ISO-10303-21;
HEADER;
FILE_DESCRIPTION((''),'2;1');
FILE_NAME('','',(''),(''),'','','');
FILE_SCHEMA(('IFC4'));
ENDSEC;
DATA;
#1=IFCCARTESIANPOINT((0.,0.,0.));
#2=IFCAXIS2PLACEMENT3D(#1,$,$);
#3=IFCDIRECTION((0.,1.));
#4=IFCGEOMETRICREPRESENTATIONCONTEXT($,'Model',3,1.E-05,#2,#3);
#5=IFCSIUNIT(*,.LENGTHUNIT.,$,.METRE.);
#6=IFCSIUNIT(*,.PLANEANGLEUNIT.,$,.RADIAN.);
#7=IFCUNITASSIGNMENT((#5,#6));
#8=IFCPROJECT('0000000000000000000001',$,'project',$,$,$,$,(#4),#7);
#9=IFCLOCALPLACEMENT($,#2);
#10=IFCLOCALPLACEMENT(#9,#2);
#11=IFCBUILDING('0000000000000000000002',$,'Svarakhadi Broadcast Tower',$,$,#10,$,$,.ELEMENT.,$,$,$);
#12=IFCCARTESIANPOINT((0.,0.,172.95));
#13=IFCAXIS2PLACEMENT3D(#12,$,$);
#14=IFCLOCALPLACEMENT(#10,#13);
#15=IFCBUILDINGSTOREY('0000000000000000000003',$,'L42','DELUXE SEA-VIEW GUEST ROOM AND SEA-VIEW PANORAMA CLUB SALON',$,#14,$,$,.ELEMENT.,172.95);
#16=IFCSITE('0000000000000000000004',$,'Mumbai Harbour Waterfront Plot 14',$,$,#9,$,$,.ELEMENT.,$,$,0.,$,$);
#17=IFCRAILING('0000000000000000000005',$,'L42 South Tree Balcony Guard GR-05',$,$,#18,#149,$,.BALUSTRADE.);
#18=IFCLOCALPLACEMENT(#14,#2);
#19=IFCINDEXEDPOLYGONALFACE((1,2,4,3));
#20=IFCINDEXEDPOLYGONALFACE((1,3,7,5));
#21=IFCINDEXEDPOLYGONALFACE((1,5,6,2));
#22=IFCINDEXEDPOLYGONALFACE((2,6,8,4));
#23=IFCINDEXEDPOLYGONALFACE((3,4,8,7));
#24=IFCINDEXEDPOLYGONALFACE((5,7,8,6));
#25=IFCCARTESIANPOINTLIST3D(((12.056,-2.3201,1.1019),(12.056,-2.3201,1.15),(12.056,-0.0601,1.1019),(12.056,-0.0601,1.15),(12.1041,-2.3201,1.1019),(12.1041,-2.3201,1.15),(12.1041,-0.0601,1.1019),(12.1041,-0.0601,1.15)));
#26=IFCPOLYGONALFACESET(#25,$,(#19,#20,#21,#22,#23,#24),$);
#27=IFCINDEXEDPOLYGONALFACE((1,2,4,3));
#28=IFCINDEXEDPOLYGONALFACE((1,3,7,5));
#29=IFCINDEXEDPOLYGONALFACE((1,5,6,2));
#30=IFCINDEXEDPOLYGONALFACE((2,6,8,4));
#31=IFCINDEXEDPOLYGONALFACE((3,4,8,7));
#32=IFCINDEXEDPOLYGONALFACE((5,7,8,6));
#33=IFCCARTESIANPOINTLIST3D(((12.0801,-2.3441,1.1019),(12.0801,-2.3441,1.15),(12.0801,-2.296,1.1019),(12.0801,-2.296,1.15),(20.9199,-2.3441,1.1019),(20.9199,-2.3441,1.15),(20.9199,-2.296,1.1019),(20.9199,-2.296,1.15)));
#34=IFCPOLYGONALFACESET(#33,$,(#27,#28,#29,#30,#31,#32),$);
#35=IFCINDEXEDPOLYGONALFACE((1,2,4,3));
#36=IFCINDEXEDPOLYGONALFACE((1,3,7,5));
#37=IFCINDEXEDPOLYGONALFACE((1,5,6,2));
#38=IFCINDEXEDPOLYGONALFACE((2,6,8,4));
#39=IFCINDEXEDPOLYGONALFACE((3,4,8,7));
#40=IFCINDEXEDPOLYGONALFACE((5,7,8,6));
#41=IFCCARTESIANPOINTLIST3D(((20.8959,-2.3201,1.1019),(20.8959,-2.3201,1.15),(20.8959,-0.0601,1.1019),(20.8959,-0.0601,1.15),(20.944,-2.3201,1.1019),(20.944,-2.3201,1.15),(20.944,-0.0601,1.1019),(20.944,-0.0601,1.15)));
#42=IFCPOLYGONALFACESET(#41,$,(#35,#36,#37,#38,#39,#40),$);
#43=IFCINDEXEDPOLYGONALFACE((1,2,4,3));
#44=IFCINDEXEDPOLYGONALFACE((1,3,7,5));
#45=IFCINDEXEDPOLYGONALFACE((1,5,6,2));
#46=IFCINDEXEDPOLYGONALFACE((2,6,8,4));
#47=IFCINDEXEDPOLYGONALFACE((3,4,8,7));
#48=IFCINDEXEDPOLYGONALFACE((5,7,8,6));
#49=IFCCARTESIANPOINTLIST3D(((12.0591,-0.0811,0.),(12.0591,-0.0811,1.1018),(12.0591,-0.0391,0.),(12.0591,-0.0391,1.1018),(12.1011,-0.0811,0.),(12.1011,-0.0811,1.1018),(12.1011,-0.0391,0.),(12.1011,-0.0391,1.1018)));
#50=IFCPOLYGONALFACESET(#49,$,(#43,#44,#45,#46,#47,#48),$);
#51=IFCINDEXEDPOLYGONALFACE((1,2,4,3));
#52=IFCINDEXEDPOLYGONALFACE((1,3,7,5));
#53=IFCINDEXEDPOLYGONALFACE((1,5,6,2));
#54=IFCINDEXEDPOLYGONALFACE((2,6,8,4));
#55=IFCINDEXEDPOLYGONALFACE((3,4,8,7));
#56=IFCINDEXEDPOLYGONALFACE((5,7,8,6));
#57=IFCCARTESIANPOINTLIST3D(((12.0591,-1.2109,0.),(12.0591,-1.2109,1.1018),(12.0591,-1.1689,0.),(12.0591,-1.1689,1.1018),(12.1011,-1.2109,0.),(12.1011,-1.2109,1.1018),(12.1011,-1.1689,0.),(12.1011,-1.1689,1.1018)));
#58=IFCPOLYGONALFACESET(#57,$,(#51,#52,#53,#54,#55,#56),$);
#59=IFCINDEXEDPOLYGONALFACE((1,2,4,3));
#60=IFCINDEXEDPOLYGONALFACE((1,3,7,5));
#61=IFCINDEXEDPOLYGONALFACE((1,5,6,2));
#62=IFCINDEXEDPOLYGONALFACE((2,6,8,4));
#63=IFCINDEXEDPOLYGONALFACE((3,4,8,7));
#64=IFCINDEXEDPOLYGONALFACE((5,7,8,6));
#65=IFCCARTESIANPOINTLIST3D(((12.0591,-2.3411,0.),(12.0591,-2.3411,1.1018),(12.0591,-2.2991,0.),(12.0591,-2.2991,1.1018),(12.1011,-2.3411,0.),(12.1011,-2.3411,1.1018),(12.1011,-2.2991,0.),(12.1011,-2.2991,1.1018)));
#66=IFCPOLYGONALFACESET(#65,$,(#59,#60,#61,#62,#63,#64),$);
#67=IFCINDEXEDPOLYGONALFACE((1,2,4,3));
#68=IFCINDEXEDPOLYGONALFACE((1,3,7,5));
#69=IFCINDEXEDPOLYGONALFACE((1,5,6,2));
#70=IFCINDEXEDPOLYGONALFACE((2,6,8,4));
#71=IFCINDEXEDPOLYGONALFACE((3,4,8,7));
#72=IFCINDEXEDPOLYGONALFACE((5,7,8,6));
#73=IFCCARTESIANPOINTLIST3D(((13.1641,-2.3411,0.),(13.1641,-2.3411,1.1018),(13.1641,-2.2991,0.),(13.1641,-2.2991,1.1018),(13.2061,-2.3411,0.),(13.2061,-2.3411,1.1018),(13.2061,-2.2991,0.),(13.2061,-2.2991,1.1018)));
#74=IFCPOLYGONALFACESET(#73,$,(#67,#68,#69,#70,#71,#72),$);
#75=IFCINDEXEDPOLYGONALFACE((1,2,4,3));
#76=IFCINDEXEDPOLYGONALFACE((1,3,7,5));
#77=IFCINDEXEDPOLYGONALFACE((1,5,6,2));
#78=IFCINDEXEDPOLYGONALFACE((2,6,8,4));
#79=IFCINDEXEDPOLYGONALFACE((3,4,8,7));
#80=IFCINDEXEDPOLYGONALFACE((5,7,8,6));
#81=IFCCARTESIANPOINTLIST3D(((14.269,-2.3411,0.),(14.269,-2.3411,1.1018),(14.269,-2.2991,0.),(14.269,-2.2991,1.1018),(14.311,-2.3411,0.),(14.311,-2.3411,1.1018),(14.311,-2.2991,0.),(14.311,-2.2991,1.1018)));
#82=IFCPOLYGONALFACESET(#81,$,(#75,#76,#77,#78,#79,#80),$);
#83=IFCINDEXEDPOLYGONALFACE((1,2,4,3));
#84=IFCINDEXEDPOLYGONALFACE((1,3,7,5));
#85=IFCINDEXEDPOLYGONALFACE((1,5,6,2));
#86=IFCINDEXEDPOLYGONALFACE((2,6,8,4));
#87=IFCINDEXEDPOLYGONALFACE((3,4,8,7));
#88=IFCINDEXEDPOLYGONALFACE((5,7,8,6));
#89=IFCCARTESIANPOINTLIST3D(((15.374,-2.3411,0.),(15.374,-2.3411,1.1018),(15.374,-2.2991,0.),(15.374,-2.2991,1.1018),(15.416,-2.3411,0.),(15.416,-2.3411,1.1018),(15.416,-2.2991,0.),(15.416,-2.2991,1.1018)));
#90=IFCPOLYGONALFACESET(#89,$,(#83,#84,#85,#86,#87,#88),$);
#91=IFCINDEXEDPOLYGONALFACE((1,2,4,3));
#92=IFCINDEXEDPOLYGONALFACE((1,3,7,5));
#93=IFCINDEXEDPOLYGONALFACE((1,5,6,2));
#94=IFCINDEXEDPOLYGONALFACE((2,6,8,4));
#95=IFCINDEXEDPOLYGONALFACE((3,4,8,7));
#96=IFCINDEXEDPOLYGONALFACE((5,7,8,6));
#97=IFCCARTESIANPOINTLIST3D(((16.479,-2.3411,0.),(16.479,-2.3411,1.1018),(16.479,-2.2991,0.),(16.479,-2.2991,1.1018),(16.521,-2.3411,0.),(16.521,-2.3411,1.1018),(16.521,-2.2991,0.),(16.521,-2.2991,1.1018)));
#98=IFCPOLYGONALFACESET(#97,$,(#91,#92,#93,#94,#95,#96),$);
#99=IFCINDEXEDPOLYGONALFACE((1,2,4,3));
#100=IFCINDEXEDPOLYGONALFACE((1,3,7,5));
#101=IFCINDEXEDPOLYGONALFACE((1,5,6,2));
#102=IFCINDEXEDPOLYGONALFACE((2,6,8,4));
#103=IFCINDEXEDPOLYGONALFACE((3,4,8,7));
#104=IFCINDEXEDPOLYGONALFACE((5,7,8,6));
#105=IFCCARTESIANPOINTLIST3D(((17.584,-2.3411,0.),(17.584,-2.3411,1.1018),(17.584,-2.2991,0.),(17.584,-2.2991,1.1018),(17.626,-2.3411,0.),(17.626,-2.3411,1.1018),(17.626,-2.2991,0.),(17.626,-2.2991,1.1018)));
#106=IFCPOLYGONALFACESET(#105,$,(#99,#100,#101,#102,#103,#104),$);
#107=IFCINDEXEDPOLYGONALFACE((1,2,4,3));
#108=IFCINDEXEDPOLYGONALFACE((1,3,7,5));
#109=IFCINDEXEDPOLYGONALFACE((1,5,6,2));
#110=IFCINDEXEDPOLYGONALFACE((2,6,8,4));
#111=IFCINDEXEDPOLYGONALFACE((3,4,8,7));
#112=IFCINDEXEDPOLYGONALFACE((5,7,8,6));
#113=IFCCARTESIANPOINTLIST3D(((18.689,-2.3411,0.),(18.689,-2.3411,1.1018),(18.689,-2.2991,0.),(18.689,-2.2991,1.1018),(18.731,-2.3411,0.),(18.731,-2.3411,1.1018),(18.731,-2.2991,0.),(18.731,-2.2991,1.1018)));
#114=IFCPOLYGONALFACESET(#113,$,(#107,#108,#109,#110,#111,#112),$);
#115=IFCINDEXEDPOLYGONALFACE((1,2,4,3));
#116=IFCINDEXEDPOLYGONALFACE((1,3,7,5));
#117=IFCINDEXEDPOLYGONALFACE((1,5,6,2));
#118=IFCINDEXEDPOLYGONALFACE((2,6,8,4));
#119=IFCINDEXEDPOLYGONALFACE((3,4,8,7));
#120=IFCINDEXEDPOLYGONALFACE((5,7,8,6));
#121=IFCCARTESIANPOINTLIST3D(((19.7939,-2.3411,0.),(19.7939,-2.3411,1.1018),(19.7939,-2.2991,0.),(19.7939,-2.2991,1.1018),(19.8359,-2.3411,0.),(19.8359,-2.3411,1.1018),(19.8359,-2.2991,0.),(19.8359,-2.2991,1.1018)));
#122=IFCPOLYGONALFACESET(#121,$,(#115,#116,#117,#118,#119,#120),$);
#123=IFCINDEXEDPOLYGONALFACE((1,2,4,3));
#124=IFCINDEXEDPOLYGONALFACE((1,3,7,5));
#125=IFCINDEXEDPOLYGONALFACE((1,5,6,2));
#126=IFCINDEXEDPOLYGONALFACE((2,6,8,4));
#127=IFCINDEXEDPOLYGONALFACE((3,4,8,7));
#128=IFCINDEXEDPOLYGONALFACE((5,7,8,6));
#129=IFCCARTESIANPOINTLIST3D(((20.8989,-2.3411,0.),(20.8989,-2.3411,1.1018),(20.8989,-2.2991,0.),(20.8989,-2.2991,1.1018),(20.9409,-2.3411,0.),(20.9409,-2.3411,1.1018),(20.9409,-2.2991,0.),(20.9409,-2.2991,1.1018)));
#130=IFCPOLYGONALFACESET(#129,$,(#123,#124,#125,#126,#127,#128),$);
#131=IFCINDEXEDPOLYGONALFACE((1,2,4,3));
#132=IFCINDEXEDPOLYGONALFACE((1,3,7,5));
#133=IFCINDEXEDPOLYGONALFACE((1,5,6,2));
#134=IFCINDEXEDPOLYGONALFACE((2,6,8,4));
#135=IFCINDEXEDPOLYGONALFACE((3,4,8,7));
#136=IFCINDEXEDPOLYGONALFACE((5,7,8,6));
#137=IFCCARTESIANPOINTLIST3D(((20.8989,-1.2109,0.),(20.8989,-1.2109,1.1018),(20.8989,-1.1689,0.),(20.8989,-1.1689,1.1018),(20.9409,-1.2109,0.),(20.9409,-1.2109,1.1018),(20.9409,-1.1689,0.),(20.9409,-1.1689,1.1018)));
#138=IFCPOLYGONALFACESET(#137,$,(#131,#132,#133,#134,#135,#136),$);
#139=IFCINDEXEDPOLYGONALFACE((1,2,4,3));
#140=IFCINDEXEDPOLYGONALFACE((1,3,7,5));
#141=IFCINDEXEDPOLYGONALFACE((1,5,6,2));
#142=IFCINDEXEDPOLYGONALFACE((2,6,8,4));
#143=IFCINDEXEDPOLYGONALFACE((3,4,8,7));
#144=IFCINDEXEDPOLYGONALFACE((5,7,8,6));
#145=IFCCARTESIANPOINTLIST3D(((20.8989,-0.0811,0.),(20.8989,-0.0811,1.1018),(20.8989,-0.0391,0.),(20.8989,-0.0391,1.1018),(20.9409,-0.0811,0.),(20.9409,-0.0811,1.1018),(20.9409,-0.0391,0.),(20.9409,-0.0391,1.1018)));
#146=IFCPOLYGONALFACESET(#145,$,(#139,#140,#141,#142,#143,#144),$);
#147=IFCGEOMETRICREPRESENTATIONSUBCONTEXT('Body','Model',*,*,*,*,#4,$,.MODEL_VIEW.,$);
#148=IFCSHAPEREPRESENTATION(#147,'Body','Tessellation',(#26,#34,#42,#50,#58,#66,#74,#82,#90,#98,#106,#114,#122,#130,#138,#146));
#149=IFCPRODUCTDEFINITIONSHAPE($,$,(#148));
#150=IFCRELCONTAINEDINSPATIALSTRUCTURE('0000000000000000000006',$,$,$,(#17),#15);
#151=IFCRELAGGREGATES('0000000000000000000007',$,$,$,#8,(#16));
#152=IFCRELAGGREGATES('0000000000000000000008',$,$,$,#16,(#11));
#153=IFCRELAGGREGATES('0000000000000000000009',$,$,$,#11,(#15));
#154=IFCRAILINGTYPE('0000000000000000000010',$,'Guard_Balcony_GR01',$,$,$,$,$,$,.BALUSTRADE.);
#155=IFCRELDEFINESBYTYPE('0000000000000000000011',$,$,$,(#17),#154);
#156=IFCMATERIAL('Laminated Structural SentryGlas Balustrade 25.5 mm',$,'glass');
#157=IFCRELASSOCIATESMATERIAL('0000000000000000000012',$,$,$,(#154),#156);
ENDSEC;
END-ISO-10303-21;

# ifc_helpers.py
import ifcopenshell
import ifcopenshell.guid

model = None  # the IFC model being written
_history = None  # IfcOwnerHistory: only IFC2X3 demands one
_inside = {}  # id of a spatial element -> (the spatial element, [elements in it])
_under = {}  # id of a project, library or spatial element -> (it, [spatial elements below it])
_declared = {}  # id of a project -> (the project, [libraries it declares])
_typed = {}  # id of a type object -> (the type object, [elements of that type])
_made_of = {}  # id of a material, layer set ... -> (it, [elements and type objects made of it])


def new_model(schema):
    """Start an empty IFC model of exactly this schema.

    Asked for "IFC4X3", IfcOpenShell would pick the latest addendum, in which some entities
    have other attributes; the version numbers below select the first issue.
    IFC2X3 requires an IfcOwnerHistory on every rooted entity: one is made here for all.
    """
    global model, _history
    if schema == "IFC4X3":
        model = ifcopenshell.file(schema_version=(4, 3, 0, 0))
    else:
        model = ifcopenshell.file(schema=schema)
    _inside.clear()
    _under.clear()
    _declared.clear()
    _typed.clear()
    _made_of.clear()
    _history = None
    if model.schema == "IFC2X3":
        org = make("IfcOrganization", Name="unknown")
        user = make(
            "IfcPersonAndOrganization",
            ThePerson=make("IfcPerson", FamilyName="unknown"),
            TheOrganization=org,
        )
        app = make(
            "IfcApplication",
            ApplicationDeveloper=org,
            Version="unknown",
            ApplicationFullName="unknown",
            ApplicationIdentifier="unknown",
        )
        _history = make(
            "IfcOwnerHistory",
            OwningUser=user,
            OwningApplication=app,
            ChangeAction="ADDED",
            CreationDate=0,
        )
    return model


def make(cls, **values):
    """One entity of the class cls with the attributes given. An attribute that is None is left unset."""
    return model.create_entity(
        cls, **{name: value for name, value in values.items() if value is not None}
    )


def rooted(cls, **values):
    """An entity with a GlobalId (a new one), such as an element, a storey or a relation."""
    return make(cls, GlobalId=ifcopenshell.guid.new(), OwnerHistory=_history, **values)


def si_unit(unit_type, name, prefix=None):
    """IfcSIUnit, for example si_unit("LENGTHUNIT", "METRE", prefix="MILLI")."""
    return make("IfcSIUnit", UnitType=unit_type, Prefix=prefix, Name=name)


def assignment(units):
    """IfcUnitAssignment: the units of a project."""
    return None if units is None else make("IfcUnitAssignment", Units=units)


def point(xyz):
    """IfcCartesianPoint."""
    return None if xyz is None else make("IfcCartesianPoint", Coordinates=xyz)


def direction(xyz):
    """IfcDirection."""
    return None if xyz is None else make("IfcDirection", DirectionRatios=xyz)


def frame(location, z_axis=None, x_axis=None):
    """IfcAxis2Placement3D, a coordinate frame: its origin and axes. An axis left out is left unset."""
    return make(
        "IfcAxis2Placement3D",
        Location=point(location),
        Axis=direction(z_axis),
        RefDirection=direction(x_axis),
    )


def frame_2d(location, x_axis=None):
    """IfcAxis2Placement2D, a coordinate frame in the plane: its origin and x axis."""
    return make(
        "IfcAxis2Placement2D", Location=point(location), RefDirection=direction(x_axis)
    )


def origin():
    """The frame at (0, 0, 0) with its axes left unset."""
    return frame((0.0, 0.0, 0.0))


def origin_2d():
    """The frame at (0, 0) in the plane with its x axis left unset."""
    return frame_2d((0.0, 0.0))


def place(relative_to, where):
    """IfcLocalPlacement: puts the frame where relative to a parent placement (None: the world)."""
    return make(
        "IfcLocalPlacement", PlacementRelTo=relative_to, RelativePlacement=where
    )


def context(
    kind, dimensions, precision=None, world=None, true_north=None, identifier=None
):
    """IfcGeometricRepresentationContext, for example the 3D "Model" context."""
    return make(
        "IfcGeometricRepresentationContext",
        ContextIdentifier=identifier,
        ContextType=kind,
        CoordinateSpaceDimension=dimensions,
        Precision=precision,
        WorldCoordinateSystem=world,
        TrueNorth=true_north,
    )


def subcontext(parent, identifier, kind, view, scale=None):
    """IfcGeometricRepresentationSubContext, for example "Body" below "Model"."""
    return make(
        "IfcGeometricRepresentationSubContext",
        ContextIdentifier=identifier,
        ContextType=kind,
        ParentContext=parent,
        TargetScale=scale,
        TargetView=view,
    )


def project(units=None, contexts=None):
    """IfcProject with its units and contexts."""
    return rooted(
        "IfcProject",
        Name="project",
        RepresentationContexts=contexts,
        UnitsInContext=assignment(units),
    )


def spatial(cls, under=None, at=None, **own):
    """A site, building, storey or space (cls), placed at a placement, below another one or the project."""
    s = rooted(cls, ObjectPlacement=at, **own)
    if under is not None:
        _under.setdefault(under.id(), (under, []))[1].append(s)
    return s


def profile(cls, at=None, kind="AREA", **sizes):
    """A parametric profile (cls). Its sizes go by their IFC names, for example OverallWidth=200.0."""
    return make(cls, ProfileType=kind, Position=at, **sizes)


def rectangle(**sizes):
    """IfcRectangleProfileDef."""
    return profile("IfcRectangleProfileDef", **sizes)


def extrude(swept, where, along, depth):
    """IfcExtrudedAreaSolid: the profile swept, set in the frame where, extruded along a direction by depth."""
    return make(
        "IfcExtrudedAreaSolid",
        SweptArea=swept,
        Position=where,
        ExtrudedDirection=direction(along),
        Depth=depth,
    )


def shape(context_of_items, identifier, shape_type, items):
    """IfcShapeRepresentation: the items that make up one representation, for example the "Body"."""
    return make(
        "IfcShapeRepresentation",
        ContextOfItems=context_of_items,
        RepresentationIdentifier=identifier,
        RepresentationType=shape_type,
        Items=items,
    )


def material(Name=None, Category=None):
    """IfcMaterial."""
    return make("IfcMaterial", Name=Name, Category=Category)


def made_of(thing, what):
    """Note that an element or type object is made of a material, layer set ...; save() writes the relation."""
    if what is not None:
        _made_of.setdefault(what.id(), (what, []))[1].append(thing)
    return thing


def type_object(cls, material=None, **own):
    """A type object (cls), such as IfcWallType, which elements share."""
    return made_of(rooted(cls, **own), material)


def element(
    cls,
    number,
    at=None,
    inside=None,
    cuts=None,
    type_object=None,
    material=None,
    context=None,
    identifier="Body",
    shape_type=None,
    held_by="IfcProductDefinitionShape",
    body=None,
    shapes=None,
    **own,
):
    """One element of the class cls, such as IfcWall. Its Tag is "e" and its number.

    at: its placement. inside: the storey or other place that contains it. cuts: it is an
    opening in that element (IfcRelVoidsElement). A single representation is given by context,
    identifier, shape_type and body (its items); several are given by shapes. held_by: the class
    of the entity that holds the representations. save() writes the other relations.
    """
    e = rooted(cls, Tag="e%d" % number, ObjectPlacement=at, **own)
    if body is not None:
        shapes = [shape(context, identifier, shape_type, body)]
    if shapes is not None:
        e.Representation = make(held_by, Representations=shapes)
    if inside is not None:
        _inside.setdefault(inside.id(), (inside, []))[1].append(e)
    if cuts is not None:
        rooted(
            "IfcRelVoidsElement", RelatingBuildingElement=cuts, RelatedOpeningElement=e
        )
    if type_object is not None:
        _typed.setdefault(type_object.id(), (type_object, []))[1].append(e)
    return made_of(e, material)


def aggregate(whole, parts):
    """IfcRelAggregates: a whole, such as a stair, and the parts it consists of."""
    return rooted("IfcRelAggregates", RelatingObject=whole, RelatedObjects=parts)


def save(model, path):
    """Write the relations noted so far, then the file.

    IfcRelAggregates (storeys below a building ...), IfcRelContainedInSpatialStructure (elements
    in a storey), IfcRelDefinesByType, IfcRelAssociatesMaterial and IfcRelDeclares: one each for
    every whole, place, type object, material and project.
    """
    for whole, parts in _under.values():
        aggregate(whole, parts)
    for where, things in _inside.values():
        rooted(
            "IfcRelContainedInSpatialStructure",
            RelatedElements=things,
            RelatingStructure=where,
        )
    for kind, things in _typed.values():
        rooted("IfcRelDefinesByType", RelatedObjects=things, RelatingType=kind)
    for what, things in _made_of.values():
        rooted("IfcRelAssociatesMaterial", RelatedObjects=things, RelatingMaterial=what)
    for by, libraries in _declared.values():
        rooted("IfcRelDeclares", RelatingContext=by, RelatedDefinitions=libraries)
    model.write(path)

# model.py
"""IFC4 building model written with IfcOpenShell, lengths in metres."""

from ifc_helpers import new_model, si_unit, direction, frame, origin, origin_2d, place, context, subcontext, project, spatial, rectangle, extrude, material, type_object, element, save


model = new_model("IFC4")

# Units and contexts
model_context = context("Model", 3, precision=1e-05, world=origin(), true_north=direction((0.0, 1.0)))
body_context = subcontext(model_context, "Body", "Model", "MODEL_VIEW")
ifc_project = project(units=[si_unit("LENGTHUNIT", "METRE"), si_unit("PLANEANGLEUNIT", "RADIAN")], contexts=[model_context])

# Site, building, storey
site_placement = place(None, origin())
site = spatial("IfcSite", under=ifc_project, at=site_placement, Name="Mumbai Harbour Waterfront Plot 14", CompositionType="ELEMENT", RefElevation=0.0)
building_placement = place(site_placement, origin())
building = spatial("IfcBuilding", under=site, at=building_placement, Name="Svarakhadi Broadcast Tower", CompositionType="ELEMENT")
storey_placement = place(building_placement, frame((0.0, 0.0, 172.95)))
storey = spatial("IfcBuildingStorey", under=building, at=storey_placement, Name="L42", Description="DELUXE SEA-VIEW GUEST ROOM AND SEA-VIEW PANORAMA CLUB SALON", CompositionType="ELEMENT", Elevation=172.95)

# Railing
ifc_material_1 = material(Name="Laminated Structural SentryGlas Balustrade 25.5 mm", Category="glass")
railing_type = type_object("IfcRailingType", Name="Guard_Balcony_GR01", PredefinedType="BALUSTRADE", material=ifc_material_1)
railing_placement = place(storey_placement, frame((12.0801, -0.0601, 0.0)))
element("IfcRailing", 1, at=railing_placement, inside=storey, type_object=railing_type, Name="L42 South Tree Balcony Guard GR-05", PredefinedType="BALUSTRADE", context=body_context, shape_type="SweptSolid", body=[
    extrude(rectangle(XDim=0.0481, YDim=0.0481, at=origin_2d()), frame((0.0, 0.0, 1.126), z_axis=(0.0, -1.0, 0.0), x_axis=(1.0, 0.0, 0.0)), (0.0, 0.0, 1.0), 2.26),
    extrude(rectangle(XDim=0.0481, YDim=0.0481, at=origin_2d()), frame((0.0, -2.26, 1.126), z_axis=(1.0, 0.0, 0.0), x_axis=(0.0, 1.0, 0.0)), (0.0, 0.0, 1.0), 8.8398),
    extrude(rectangle(XDim=0.0481, YDim=0.0481, at=origin_2d()), frame((8.8398, -2.26, 1.126), z_axis=(0.0, 1.0, 0.0), x_axis=(-1.0, 0.0, 0.0)), (0.0, 0.0, 1.0), 2.26),
    extrude(rectangle(XDim=0.042, YDim=0.042, at=origin_2d()), origin(), (0.0, 0.0, 1.0), 1.1018),
    extrude(rectangle(XDim=0.042, YDim=0.042, at=origin_2d()), frame((0.0, -1.1299, 0.0)), (0.0, 0.0, 1.0), 1.1018),
    extrude(rectangle(XDim=0.042, YDim=0.042, at=origin_2d()), frame((0.0, -2.26, 0.0)), (0.0, 0.0, 1.0), 1.1018),
    extrude(rectangle(XDim=0.042, YDim=0.042, at=origin_2d()), frame((1.105, -2.26, 0.0)), (0.0, 0.0, 1.0), 1.1018),
    extrude(rectangle(XDim=0.042, YDim=0.042, at=origin_2d()), frame((2.21, -2.26, 0.0)), (0.0, 0.0, 1.0), 1.1018),
    extrude(rectangle(XDim=0.042, YDim=0.042, at=origin_2d()), frame((3.3149, -2.26, 0.0)), (0.0, 0.0, 1.0), 1.1018),
    extrude(rectangle(XDim=0.042, YDim=0.042, at=origin_2d()), frame((4.4199, -2.26, 0.0)), (0.0, 0.0, 1.0), 1.1018),
    extrude(rectangle(XDim=0.042, YDim=0.042, at=origin_2d()), frame((5.5249, -2.26, 0.0)), (0.0, 0.0, 1.0), 1.1018),
    extrude(rectangle(XDim=0.042, YDim=0.042, at=origin_2d()), frame((6.6299, -2.26, 0.0)), (0.0, 0.0, 1.0), 1.1018),
    extrude(rectangle(XDim=0.042, YDim=0.042, at=origin_2d()), frame((7.7349, -2.26, 0.0)), (0.0, 0.0, 1.0), 1.1018),
    extrude(rectangle(XDim=0.042, YDim=0.042, at=origin_2d()), frame((8.8398, -2.26, 0.0)), (0.0, 0.0, 1.0), 1.1018),
    extrude(rectangle(XDim=0.042, YDim=0.042, at=origin_2d()), frame((8.8398, -1.1299, 0.0)), (0.0, 0.0, 1.0), 1.1018),
    extrude(rectangle(XDim=0.042, YDim=0.042, at=origin_2d()), frame((8.8398, 0.0, 0.0)), (0.0, 0.0, 1.0), 1.1018),
])

save(model, "model.ifc")
